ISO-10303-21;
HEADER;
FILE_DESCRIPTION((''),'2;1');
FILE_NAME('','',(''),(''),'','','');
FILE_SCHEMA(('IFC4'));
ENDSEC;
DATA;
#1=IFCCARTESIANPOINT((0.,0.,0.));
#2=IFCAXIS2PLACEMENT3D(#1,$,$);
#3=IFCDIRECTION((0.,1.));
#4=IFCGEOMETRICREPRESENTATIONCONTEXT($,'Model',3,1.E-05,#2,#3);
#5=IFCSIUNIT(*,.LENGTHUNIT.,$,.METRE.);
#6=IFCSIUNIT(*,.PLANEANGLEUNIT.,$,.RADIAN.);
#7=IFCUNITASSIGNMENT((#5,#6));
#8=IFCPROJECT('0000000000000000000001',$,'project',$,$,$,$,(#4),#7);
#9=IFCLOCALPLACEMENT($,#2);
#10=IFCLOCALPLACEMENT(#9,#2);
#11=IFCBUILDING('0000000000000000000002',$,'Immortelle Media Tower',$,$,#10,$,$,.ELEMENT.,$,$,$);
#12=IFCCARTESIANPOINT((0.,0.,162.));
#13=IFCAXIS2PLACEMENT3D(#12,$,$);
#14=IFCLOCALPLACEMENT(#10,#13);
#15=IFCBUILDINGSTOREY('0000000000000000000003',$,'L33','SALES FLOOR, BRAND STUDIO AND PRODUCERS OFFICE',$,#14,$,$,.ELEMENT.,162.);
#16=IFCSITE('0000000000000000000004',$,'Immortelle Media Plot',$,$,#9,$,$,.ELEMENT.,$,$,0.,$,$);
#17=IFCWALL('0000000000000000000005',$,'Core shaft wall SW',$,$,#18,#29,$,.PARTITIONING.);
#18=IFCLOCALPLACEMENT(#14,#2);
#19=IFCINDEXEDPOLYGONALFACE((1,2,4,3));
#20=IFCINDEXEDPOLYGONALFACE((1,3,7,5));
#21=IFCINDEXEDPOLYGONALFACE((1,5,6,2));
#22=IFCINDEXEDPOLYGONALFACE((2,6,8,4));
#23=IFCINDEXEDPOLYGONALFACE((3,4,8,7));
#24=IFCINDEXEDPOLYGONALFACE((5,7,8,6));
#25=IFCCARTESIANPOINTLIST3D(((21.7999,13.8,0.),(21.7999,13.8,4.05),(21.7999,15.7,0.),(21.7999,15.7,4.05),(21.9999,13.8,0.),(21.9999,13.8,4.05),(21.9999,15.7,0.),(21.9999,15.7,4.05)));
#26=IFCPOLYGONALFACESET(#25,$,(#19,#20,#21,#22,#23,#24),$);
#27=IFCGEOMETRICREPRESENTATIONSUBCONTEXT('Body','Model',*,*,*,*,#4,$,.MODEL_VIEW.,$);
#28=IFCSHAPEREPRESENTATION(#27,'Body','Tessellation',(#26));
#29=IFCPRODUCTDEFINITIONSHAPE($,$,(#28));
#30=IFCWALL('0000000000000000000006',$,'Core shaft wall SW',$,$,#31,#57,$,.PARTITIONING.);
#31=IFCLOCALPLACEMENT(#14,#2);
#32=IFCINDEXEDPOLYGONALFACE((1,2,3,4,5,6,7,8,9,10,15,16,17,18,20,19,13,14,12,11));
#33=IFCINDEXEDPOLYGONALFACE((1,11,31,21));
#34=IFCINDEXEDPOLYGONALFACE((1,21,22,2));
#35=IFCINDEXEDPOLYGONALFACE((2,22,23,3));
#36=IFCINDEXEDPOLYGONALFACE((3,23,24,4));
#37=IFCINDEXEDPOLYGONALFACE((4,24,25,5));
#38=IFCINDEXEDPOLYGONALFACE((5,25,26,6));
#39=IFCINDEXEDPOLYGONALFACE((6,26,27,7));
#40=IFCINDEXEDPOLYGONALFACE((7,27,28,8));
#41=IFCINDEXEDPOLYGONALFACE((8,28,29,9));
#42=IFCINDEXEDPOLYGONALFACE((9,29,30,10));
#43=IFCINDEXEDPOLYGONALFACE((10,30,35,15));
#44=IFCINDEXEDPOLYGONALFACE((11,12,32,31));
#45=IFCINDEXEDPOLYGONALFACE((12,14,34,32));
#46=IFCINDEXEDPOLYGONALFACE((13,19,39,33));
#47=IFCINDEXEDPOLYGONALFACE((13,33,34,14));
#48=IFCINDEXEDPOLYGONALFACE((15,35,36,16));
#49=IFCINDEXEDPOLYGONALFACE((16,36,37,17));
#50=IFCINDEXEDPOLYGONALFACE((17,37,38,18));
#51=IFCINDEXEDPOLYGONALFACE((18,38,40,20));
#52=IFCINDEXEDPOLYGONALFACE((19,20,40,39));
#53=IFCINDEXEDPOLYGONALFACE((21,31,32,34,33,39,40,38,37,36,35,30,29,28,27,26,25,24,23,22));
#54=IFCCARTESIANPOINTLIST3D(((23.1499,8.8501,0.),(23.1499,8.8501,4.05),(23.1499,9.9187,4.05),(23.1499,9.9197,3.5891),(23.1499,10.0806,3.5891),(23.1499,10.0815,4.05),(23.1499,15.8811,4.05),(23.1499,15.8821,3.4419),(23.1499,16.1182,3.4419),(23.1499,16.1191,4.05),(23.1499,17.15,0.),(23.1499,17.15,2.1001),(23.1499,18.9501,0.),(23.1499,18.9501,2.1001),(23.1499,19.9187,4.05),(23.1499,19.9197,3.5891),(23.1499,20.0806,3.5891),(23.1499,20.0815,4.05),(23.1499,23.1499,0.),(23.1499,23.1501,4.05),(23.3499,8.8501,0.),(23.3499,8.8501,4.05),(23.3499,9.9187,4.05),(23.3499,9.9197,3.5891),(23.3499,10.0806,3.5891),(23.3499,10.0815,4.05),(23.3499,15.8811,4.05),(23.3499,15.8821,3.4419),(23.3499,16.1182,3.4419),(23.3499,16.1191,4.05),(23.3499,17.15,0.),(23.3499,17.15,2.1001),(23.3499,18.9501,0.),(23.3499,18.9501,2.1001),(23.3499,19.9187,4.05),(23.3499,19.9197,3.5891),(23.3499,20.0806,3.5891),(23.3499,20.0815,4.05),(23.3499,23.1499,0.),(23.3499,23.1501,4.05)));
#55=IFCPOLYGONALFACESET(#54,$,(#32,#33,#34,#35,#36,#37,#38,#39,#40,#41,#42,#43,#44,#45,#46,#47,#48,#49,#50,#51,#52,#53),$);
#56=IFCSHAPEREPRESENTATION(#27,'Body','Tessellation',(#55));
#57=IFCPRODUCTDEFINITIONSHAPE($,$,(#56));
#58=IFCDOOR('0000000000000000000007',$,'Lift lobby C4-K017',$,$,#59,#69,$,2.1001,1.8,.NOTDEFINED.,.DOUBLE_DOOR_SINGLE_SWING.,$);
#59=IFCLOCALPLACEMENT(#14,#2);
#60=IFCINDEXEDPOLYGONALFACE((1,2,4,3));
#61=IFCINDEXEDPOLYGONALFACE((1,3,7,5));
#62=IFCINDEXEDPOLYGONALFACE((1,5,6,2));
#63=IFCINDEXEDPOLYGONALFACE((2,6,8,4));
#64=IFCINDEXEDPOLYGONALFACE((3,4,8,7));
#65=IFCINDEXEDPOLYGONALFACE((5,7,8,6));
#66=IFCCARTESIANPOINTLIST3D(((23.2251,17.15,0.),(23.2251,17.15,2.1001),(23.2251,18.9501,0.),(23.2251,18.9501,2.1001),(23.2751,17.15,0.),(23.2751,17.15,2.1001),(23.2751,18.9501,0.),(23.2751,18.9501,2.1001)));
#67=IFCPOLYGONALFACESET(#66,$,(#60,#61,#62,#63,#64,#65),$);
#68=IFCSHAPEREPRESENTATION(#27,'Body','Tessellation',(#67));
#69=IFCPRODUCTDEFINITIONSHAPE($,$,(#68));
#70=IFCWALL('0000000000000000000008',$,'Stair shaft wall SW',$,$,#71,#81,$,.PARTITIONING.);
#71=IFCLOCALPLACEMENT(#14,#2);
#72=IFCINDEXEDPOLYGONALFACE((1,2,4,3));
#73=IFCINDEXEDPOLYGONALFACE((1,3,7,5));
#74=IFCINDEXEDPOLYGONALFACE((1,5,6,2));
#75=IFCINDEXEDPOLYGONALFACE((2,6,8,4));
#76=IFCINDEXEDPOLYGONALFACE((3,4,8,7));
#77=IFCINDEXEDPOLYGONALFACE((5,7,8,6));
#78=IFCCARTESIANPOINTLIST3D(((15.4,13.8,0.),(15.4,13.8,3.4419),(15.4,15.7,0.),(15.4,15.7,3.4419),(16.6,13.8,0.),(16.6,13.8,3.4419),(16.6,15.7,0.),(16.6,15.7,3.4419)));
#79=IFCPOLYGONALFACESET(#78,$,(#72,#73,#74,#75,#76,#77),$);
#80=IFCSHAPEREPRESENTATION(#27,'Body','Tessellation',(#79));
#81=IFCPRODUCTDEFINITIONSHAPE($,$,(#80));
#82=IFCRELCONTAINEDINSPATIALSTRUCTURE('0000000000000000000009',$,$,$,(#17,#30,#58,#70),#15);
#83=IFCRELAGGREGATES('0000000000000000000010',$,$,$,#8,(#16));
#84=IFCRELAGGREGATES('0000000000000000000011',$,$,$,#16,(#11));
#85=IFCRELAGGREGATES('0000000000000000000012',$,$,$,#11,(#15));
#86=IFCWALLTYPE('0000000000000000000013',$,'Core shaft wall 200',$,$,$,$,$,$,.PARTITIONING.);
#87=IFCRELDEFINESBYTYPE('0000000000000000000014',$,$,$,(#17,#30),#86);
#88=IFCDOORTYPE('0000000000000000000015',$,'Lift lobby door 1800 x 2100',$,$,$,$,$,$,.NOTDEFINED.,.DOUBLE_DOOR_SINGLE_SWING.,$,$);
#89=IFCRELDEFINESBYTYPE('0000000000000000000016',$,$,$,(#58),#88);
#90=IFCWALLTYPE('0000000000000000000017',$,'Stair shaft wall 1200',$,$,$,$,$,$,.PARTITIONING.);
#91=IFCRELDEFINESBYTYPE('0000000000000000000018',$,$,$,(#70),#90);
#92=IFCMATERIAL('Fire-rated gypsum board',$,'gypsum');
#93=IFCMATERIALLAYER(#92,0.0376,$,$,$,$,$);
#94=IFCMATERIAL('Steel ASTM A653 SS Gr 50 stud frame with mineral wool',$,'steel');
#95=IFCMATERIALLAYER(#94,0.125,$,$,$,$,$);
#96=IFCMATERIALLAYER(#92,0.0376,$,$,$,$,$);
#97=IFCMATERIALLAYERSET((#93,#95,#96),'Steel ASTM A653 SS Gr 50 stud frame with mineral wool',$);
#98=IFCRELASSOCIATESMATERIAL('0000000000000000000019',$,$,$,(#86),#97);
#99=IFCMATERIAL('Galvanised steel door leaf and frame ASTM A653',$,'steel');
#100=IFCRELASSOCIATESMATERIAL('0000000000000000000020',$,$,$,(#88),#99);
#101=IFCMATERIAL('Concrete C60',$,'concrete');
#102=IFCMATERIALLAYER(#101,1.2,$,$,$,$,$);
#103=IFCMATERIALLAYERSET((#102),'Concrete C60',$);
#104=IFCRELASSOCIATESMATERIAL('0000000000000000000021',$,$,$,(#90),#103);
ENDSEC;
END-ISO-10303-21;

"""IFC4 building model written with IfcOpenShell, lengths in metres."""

from ifc_helpers import new_model, si_unit, direction, frame, frame_2d, origin, place, context, subcontext, project, spatial, polyline, rectangle, outline, extrude, material, layer, layer_set, type_object, element, fill, save


model = new_model("IFC4")

# Units and contexts
model_context = context("Model", 3, precision=1e-05, world=origin(), true_north=direction((0.0, 1.0)))
body_context = subcontext(model_context, "Body", "Model", "MODEL_VIEW")
ifc_project = project(units=[si_unit("LENGTHUNIT", "METRE"), si_unit("PLANEANGLEUNIT", "RADIAN")], contexts=[model_context])

# Site, building, storey
site_placement = place(None, origin())
site = spatial("IfcSite", under=ifc_project, at=site_placement, Name="Immortelle Media Plot", CompositionType="ELEMENT", RefElevation=0.0)
building_placement = place(site_placement, origin())
building = spatial("IfcBuilding", under=site, at=building_placement, Name="Immortelle Media Tower", CompositionType="ELEMENT")
storey_placement = place(building_placement, frame((0.0, 0.0, 162.0)))
storey = spatial("IfcBuildingStorey", under=building, at=storey_placement, Name="L33", Description="SALES FLOOR, BRAND STUDIO AND PRODUCERS OFFICE", CompositionType="ELEMENT", Elevation=162.0)

# Shared definitions
ifc_material_1 = material(Name="Galvanised steel door leaf and frame ASTM A653", Category="steel")

# Wall
ifc_material_2 = material(Name="Fire-rated gypsum board", Category="gypsum")
ifc_layer_1 = layer(ifc_material_2, 0.0376)
ifc_material_3 = material(Name="Steel ASTM A653 SS Gr 50 stud frame with mineral wool", Category="steel")
ifc_layer_2 = layer(ifc_material_3, 0.125)
ifc_layer_3 = layer(ifc_material_2, 0.0376)
ifc_layer_set_1 = layer_set([ifc_layer_1, ifc_layer_2, ifc_layer_3], Name="Steel ASTM A653 SS Gr 50 stud frame with mineral wool")
wall_type_1 = type_object("IfcWallType", Name="Core shaft wall 200", PredefinedType="PARTITIONING", material=ifc_layer_set_1)
wall_1_placement = place(storey_placement, frame((21.8999, 13.8, 0.0), z_axis=(0.0, 0.0, 1.0), x_axis=(0.0, 1.0, 0.0)))
element("IfcWall", 1, at=wall_1_placement, inside=storey, type_object=wall_type_1, Name="Core shaft wall SW", PredefinedType="PARTITIONING", context=body_context, shape_type="SweptSolid", body=[
    extrude(rectangle(XDim=1.8999, YDim=0.2, at=frame_2d((0.95, 0.0))), origin(), (0.0, 0.0, 1.0), 4.05),
])

# Wall, opening, door
wall_2_placement = place(storey_placement, frame((23.25, 8.8501, 0.0), z_axis=(0.0, 0.0, 1.0), x_axis=(0.0, 1.0, 0.0)))
wall_2 = element("IfcWall", 2, at=wall_2_placement, inside=storey, type_object=wall_type_1, Name="Core shaft wall SW", PredefinedType="PARTITIONING", context=body_context, shape_type="SweptSolid", body=[
    extrude(outline(polyline([(0.0, 0.0), (14.2998, 0.0), (14.3, 4.05), (11.2314, 4.05), (11.2305, 3.5891), (11.0696, 3.5891), (11.0686, 4.05), (7.269, 4.05), (7.2681, 3.4419), (7.032, 3.4419), (7.031, 4.05), (1.2314, 4.05), (1.2305, 3.5891), (1.0696, 3.5891), (1.0686, 4.05), (0.0, 4.05), (0.0, 0.0)])), frame((0.0, 0.1001, 0.0), z_axis=(0.0, -1.0, 0.0), x_axis=(1.0, 0.0, 0.0)), (0.0, 0.0, 1.0), 0.2),
])
opening_1_placement = place(wall_2_placement, frame((8.3, 0.0, 0.0)))
opening_1 = element("IfcOpeningElement", 3, at=opening_1_placement, cuts=wall_2, PredefinedType="OPENING", context=body_context, shape_type="SweptSolid", body=[
    extrude(rectangle(XDim=1.8, YDim=2.1001, at=frame_2d((0.8999, 1.05))), frame((0.0, 0.1099, 0.0), z_axis=(0.0, -1.0, 0.0), x_axis=(1.0, 0.0, 0.0)), (0.0, 0.0, 1.0), 0.22),
])
door_type_1 = type_object("IfcDoorType", Name="Lift lobby door 1800 x 2100", OperationType="DOUBLE_DOOR_SINGLE_SWING", PredefinedType="NOTDEFINED", material=ifc_material_1)
door_1_placement = place(opening_1_placement, origin())
door_1 = element("IfcDoor", 4, at=door_1_placement, inside=storey, type_object=door_type_1, Name="Lift lobby C4-K017", OperationType="DOUBLE_DOOR_SINGLE_SWING", OverallHeight=2.1001, OverallWidth=1.8, PredefinedType="NOTDEFINED", context=body_context, shape_type="SweptSolid", body=[
    extrude(rectangle(XDim=1.8, YDim=2.1001, at=frame_2d((0.8999, 1.05))), frame((0.0, 0.0249, 0.0), z_axis=(0.0, -1.0, 0.0), x_axis=(1.0, 0.0, 0.0)), (0.0, 0.0, 1.0), 0.05),
])
fill(opening_1, door_1)

# Wall
ifc_material_4 = material(Name="Concrete C60", Category="concrete")
ifc_layer_4 = layer(ifc_material_4, 1.2)
ifc_layer_set_2 = layer_set([ifc_layer_4], Name="Concrete C60")
wall_type_2 = type_object("IfcWallType", Name="Stair shaft wall 1200", PredefinedType="PARTITIONING", material=ifc_layer_set_2)
wall_3_placement = place(storey_placement, frame((16.0, 13.8, 0.0), z_axis=(0.0, 0.0, 1.0), x_axis=(0.0, 1.0, 0.0)))
element("IfcWall", 5, at=wall_3_placement, inside=storey, type_object=wall_type_2, Name="Stair shaft wall SW", PredefinedType="PARTITIONING", context=body_context, shape_type="SweptSolid", body=[
    extrude(rectangle(XDim=1.8999, YDim=1.2, at=frame_2d((0.95, 0.0))), origin(), (0.0, 0.0, 1.0), 3.4419),
])

save(model, "model.ifc")
